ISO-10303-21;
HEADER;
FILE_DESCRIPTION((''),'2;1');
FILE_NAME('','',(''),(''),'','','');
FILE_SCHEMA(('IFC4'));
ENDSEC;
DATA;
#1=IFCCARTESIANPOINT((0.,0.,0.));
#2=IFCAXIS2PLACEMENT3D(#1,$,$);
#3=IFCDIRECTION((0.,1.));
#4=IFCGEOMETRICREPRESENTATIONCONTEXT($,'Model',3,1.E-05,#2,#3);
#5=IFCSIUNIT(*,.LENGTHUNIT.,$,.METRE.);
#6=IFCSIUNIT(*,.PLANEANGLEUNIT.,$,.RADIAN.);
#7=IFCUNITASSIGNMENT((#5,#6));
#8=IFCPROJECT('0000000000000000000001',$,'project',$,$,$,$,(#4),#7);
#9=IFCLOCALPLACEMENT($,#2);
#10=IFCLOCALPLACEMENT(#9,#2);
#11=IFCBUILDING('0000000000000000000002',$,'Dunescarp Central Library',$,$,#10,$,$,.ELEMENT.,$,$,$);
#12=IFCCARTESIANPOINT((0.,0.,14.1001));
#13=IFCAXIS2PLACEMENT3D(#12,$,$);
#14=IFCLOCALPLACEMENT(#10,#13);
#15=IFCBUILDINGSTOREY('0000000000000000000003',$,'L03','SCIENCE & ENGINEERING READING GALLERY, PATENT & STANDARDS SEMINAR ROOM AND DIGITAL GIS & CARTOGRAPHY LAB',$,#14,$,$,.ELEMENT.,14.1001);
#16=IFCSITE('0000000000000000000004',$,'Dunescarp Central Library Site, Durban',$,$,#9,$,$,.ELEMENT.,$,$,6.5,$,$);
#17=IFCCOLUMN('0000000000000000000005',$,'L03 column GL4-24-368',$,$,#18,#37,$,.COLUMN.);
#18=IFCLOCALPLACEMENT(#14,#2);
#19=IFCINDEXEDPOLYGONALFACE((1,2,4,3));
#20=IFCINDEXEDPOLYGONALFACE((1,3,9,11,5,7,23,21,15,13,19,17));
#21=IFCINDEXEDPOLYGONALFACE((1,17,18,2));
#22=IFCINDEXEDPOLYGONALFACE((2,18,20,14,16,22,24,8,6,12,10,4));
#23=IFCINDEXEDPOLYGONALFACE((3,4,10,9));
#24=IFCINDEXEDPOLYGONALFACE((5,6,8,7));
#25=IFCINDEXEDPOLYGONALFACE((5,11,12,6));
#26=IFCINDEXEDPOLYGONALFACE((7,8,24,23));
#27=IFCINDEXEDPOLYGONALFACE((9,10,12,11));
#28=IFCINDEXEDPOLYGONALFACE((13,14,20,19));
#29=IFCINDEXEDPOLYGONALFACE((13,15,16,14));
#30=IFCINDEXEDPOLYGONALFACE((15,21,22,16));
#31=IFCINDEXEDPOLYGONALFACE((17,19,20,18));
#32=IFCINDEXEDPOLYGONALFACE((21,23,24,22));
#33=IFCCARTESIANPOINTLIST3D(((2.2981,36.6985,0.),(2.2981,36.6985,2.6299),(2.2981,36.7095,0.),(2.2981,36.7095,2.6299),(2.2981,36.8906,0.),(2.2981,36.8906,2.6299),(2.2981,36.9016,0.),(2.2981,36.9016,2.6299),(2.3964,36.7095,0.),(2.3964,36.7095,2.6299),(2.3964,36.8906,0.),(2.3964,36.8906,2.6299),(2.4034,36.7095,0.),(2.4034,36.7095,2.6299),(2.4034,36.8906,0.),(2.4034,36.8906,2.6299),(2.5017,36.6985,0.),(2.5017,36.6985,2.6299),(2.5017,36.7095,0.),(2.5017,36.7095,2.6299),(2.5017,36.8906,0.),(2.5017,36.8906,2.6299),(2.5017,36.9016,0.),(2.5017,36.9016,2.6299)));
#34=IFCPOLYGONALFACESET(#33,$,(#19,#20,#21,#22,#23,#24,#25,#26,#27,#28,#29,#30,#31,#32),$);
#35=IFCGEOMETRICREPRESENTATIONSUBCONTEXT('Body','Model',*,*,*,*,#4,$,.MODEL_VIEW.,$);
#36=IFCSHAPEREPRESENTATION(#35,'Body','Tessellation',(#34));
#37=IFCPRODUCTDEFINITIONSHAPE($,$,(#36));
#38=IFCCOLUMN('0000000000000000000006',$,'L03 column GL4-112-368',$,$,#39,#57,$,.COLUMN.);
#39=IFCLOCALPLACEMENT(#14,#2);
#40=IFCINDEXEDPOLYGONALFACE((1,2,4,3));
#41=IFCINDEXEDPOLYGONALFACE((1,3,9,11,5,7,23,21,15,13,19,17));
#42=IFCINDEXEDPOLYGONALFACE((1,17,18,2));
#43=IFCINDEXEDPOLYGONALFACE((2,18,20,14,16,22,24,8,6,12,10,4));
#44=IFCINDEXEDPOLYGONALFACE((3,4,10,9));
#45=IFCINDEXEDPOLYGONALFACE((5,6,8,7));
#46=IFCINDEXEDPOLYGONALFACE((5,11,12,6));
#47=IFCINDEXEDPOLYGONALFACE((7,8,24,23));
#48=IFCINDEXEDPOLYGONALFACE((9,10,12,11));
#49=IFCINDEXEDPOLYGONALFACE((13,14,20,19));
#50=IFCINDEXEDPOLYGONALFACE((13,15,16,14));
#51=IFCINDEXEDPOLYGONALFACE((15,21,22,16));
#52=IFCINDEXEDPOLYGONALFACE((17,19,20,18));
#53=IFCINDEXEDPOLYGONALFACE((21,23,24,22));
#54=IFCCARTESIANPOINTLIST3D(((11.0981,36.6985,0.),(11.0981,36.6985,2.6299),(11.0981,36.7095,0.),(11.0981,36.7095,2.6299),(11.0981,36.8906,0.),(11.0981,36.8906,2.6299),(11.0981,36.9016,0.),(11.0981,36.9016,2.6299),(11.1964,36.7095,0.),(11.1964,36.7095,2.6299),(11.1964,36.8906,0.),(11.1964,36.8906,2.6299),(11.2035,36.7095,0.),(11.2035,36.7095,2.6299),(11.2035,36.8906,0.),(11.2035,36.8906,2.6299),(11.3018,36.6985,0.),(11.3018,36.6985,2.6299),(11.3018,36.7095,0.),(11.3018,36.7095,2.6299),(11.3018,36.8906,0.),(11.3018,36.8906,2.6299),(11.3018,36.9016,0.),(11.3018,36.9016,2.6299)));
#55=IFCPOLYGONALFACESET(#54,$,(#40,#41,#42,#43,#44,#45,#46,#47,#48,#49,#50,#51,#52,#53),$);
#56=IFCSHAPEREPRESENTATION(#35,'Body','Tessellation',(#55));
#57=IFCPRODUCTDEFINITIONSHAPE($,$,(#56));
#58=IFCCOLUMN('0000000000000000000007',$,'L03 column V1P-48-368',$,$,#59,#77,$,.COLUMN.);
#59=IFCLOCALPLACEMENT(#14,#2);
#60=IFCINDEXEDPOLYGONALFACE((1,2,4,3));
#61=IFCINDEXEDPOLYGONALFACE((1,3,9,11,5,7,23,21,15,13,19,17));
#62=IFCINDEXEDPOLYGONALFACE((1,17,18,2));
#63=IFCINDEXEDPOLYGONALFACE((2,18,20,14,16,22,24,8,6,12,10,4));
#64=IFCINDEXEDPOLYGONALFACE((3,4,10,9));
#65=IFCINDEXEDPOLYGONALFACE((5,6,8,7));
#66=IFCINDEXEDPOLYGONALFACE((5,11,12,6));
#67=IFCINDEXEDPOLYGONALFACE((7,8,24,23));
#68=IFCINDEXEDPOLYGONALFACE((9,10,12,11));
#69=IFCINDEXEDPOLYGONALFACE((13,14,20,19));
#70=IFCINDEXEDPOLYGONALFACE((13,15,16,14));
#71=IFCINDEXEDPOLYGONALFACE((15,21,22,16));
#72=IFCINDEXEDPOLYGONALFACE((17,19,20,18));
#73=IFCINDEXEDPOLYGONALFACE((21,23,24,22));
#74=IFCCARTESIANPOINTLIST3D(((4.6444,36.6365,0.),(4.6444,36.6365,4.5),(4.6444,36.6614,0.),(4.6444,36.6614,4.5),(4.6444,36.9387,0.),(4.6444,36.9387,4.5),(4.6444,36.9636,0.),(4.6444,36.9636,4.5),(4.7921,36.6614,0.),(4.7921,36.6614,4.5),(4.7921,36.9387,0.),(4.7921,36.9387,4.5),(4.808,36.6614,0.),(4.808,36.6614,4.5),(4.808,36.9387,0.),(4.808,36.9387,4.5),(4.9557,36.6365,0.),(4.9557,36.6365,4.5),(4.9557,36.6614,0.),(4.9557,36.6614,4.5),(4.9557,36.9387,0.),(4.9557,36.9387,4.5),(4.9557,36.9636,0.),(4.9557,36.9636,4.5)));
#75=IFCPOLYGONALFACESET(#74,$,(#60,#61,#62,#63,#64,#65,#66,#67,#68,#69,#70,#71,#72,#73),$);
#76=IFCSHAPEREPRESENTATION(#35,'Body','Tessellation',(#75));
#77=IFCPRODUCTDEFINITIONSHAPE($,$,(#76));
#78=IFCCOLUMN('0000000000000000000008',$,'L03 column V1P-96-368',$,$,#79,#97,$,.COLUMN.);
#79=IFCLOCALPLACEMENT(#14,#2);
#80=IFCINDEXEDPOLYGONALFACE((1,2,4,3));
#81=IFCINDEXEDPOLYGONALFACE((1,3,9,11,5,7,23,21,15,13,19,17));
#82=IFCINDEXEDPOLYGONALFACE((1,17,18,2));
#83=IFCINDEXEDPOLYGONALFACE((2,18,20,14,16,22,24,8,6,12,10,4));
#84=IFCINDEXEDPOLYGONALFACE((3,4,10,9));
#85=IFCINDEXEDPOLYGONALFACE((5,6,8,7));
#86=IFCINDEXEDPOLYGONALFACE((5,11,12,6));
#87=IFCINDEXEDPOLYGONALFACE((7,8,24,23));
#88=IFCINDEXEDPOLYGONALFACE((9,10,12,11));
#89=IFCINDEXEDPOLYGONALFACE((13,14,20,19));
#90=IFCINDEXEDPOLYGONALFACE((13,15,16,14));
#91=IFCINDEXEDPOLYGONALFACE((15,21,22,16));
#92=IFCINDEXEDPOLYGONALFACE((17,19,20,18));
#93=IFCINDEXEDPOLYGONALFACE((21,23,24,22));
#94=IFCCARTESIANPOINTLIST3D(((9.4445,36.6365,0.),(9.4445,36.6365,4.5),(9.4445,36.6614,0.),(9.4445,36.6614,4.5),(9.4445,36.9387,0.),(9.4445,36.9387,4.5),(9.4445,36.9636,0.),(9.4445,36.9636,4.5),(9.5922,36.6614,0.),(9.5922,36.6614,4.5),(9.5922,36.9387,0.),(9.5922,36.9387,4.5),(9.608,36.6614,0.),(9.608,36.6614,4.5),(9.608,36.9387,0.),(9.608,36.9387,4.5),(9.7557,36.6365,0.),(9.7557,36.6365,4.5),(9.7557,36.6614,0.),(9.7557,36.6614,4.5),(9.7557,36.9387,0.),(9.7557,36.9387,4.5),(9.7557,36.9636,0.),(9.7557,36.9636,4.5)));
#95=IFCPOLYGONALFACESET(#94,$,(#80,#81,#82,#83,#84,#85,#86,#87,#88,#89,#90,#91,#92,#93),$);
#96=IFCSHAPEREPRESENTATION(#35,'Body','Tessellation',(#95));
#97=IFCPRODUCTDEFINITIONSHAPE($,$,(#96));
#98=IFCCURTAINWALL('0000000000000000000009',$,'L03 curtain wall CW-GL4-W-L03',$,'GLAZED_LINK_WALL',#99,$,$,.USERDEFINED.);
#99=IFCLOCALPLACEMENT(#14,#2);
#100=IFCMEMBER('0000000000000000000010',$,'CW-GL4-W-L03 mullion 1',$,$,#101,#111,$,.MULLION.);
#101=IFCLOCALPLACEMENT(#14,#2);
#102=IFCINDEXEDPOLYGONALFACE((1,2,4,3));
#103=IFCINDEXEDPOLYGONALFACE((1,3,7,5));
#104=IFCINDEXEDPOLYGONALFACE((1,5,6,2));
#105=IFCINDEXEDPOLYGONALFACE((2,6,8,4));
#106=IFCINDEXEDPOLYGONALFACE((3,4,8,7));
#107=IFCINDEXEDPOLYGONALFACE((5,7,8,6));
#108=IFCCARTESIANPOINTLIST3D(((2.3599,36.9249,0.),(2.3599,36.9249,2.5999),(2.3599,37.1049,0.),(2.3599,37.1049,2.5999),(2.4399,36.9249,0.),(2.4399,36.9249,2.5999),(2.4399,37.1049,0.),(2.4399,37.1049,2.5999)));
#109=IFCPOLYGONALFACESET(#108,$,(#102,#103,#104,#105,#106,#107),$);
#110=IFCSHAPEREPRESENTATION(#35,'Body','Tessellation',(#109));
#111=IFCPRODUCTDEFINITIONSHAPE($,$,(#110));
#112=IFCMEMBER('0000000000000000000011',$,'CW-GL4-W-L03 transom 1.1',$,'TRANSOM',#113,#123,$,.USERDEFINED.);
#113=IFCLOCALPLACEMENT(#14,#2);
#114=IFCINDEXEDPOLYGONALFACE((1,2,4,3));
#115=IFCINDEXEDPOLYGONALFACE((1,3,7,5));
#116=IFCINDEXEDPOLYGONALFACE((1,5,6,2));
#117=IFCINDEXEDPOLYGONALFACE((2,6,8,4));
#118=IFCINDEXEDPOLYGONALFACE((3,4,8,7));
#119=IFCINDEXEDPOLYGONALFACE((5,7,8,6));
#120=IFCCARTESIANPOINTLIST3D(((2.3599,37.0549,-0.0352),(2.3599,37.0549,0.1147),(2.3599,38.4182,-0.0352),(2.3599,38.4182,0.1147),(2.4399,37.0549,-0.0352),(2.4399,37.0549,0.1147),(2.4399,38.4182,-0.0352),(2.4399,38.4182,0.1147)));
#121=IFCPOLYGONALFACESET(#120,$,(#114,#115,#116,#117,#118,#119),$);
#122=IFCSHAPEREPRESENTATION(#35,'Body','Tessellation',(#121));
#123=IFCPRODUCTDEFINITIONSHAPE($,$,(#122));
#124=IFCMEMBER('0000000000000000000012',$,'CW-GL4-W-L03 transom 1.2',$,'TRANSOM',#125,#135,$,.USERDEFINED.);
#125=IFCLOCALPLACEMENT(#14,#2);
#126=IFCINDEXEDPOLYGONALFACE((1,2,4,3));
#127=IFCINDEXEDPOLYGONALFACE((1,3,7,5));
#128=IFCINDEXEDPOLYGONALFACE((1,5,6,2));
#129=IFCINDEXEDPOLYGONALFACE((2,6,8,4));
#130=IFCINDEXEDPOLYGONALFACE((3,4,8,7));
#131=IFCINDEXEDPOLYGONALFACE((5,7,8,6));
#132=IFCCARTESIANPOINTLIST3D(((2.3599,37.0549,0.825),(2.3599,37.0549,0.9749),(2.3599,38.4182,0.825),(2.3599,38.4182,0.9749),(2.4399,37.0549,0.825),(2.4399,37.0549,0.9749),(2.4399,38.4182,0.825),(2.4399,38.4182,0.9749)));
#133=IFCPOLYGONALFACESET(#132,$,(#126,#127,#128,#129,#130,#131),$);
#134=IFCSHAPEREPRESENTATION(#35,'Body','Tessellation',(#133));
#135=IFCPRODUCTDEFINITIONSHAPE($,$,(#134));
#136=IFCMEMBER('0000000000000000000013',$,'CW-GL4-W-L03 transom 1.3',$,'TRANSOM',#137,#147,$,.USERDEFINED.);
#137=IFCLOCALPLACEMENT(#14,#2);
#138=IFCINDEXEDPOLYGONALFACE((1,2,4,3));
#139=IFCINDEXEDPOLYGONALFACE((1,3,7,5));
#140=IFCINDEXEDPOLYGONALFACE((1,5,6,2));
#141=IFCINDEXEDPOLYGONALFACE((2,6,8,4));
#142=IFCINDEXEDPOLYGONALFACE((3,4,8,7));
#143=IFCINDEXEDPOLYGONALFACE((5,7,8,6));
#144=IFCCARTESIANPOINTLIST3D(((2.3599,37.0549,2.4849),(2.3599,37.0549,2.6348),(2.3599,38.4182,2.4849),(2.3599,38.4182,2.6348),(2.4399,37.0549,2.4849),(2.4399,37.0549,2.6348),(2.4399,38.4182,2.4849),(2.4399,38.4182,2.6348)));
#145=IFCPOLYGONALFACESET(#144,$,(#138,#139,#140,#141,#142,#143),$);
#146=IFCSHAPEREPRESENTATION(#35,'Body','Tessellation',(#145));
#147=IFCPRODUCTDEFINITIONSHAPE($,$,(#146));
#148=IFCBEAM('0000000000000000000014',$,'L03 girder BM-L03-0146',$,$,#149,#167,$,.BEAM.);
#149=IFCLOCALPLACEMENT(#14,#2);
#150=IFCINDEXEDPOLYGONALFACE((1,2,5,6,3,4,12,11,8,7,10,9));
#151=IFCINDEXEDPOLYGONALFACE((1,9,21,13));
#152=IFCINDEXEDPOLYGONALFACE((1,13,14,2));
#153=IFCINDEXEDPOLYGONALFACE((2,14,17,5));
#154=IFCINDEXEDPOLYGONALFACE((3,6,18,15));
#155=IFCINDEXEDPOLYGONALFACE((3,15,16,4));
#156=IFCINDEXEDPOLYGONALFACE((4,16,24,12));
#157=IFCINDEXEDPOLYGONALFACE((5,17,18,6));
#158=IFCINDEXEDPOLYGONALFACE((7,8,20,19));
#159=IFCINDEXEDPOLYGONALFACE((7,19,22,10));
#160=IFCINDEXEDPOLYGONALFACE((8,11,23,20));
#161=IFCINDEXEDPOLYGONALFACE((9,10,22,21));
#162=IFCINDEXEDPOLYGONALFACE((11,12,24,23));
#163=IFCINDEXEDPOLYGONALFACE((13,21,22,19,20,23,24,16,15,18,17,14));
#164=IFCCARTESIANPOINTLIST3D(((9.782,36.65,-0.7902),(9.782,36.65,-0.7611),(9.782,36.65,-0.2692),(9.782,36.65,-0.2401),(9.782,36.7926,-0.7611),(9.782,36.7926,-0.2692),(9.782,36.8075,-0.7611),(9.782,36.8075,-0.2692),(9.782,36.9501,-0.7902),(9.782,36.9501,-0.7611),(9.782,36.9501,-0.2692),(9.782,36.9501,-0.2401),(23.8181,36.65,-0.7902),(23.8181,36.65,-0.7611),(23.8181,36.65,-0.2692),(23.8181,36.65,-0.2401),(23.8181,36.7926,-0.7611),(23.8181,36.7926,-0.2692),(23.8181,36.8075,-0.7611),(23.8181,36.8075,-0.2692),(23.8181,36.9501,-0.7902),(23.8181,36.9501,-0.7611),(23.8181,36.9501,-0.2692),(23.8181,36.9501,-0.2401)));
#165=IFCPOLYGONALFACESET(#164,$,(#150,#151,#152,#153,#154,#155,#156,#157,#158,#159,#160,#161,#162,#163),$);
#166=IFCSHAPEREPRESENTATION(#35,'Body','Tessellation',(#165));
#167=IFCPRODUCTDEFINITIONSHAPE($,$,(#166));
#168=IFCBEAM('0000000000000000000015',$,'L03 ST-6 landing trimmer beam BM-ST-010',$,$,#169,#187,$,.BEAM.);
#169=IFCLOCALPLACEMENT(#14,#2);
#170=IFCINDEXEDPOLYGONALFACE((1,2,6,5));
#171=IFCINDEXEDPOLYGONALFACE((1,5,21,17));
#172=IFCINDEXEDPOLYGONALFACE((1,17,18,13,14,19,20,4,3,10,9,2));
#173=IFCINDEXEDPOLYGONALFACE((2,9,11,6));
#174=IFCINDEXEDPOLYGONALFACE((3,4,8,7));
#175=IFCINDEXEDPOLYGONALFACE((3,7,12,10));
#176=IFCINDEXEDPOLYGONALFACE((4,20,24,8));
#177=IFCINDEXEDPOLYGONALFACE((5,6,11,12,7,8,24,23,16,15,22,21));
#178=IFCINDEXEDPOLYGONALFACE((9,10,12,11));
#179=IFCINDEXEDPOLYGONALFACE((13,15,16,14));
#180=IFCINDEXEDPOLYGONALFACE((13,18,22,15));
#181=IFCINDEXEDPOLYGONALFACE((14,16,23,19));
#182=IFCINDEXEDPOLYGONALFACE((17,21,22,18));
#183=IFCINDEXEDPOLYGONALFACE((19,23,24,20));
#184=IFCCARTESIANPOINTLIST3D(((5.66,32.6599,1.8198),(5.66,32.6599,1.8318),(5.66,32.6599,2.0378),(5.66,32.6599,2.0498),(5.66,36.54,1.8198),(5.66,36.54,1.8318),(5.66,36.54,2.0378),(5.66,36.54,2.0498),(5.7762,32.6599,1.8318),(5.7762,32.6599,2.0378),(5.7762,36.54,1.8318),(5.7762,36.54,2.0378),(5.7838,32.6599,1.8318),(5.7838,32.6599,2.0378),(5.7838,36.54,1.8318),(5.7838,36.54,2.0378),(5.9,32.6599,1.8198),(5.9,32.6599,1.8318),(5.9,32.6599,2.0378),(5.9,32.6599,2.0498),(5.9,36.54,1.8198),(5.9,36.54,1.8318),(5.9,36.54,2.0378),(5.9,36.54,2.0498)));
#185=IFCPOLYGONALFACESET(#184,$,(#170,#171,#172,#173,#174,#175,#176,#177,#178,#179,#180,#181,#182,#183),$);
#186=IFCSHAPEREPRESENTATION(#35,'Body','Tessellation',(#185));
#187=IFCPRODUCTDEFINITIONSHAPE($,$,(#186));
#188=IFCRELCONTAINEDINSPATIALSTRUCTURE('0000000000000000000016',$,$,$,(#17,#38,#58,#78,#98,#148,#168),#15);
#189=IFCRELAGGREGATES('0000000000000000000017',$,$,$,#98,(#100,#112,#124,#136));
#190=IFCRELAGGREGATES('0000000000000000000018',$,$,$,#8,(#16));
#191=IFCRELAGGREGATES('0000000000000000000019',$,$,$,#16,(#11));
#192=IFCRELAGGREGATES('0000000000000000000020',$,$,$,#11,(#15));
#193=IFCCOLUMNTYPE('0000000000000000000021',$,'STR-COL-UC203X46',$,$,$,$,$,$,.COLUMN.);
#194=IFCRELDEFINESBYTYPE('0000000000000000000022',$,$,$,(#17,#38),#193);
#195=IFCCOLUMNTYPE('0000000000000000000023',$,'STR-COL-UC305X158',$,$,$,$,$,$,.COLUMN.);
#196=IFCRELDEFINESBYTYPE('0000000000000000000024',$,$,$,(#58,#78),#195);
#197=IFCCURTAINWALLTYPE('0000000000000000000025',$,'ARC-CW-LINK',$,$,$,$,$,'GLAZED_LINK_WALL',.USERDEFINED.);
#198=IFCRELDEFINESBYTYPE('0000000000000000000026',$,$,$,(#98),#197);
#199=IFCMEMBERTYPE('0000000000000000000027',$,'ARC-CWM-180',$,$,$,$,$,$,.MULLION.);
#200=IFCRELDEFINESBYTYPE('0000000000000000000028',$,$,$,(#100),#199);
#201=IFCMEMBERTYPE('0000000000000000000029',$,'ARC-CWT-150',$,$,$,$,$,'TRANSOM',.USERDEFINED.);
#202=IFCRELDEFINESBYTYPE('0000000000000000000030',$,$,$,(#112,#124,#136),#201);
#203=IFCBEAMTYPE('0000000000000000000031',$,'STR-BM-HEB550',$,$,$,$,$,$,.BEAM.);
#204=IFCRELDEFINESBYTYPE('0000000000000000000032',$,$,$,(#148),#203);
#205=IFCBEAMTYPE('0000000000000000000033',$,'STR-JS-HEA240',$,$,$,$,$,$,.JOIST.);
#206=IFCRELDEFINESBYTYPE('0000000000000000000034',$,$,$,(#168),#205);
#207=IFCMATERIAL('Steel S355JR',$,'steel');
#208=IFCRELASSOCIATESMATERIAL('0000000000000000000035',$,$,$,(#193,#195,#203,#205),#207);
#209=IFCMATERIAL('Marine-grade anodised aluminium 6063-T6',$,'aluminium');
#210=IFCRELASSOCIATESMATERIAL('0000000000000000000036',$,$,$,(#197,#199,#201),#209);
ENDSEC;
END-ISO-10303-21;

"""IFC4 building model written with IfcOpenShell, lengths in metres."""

from ifc_helpers import new_model, si_unit, direction, frame, origin, origin_2d, place, context, subcontext, project, spatial, rectangle, i_section, extrude, material, material_profile, profile_set, type_object, element, aggregate, save


model = new_model("IFC4")

# Units and contexts
model_context = context("Model", 3, precision=1e-05, world=origin(), true_north=direction((0.0, 1.0)))
body_context = subcontext(model_context, "Body", "Model", "MODEL_VIEW")
ifc_project = project(units=[si_unit("LENGTHUNIT", "METRE"), si_unit("PLANEANGLEUNIT", "RADIAN")], contexts=[model_context])

# Site, building, storey
site_placement = place(None, origin())
site = spatial("IfcSite", under=ifc_project, at=site_placement, Name="Dunescarp Central Library Site, Durban", CompositionType="ELEMENT", RefElevation=6.5)
building_placement = place(site_placement, origin())
building = spatial("IfcBuilding", under=site, at=building_placement, Name="Dunescarp Central Library", CompositionType="ELEMENT")
storey_placement = place(building_placement, frame((0.0, 0.0, 14.1001)))
storey = spatial("IfcBuildingStorey", under=building, at=storey_placement, Name="L03", Description="SCIENCE & ENGINEERING READING GALLERY, PATENT & STANDARDS SEMINAR ROOM AND DIGITAL GIS & CARTOGRAPHY LAB", CompositionType="ELEMENT", Elevation=14.1001)

# Columns
ifc_material_1 = material(Name="Steel S355JR", Category="steel")
ifc_material_profile_1 = material_profile(ifc_material_1, i_section(OverallWidth=0.2036, OverallDepth=0.2031, WebThickness=0.0071, FlangeThickness=0.011, at=origin_2d()), Name="UC 203x203x46")
ifc_profile_set_1 = profile_set([ifc_material_profile_1], Name="Steel S355JR")
column_type_1 = type_object("IfcColumnType", Name="STR-COL-UC203X46", PredefinedType="COLUMN", material=ifc_profile_set_1)
for number, where, z_axis, x_axis, name in (
    (1, (2.3999, 36.8, 0.0), (0.0, 0.0, 1.0), (1.0, 0.0, 0.0), "L03 column GL4-24-368"),
    (2, (11.2, 36.8, 0.0), (0.0, 0.0, 1.0), (1.0, 0.0, 0.0), "L03 column GL4-112-368"),
):
    element("IfcColumn", number, at=place(storey_placement, frame(where, z_axis=z_axis, x_axis=x_axis)), inside=storey, type_object=column_type_1, Name=name, PredefinedType="COLUMN", context=body_context, shape_type="SweptSolid", body=[
        extrude(i_section(OverallWidth=0.2036, OverallDepth=0.2031, WebThickness=0.0071, FlangeThickness=0.011, at=origin_2d()), origin(), (0.0, 0.0, 1.0), 2.6299),
    ])
ifc_material_profile_2 = material_profile(ifc_material_1, i_section(OverallWidth=0.3113, OverallDepth=0.3271, WebThickness=0.0159, FlangeThickness=0.0249, at=origin_2d()), Name="UC 305x305x158")
ifc_profile_set_2 = profile_set([ifc_material_profile_2], Name="Steel S355JR")
column_type_2 = type_object("IfcColumnType", Name="STR-COL-UC305X158", PredefinedType="COLUMN", material=ifc_profile_set_2)
for number, where, z_axis, x_axis, name in (
    (3, (4.8, 36.8, 0.0), (0.0, 0.0, 1.0), (1.0, 0.0, 0.0), "L03 column V1P-48-368"),
    (4, (9.6001, 36.8, 0.0), (0.0, 0.0, 1.0), (1.0, 0.0, 0.0), "L03 column V1P-96-368"),
):
    element("IfcColumn", number, at=place(storey_placement, frame(where, z_axis=z_axis, x_axis=x_axis)), inside=storey, type_object=column_type_2, Name=name, PredefinedType="COLUMN", context=body_context, shape_type="SweptSolid", body=[
        extrude(i_section(OverallWidth=0.3113, OverallDepth=0.3271, WebThickness=0.0159, FlangeThickness=0.0249, at=origin_2d()), origin(), (0.0, 0.0, 1.0), 4.5),
    ])

# Curtain wall, members
ifc_material_2 = material(Name="Marine-grade anodised aluminium 6063-T6", Category="aluminium")
curtain_wall_type = type_object("IfcCurtainWallType", Name="ARC-CW-LINK", ElementType="GLAZED_LINK_WALL", PredefinedType="USERDEFINED", material=ifc_material_2)
curtain_wall_placement = place(storey_placement, origin())
curtain_wall = element("IfcCurtainWall", 5, at=curtain_wall_placement, inside=storey, type_object=curtain_wall_type, Name="L03 curtain wall CW-GL4-W-L03", ObjectType="GLAZED_LINK_WALL", PredefinedType="USERDEFINED")
ifc_material_profile_3 = material_profile(ifc_material_2, rectangle(XDim=0.0801, YDim=0.1799, at=origin_2d()), Name="AL 80x180")
ifc_profile_set_3 = profile_set([ifc_material_profile_3], Name="Marine-grade anodised aluminium 6063-T6")
member_type_1 = type_object("IfcMemberType", Name="ARC-CWM-180", PredefinedType="MULLION", material=ifc_profile_set_3)
member_1_placement = place(storey_placement, frame((2.3999, 37.0149, 0.0), z_axis=(0.0, 0.0, 1.0), x_axis=(-1.0, 0.0, 0.0)))
member_1 = element("IfcMember", 6, at=member_1_placement, type_object=member_type_1, Name="CW-GL4-W-L03 mullion 1", PredefinedType="MULLION", context=body_context, shape_type="SweptSolid", body=[
    extrude(rectangle(XDim=0.0801, YDim=0.1799, at=origin_2d()), origin(), (0.0, 0.0, 1.0), 2.5999),
])
ifc_material_profile_4 = material_profile(ifc_material_2, rectangle(XDim=0.0801, YDim=0.1499, at=origin_2d()), Name="AL 80x150")
ifc_profile_set_4 = profile_set([ifc_material_profile_4], Name="Marine-grade anodised aluminium 6063-T6")
member_type_2 = type_object("IfcMemberType", Name="ARC-CWT-150", ElementType="TRANSOM", PredefinedType="USERDEFINED", material=ifc_profile_set_4)
member_2_placement = place(storey_placement, frame((2.3999, 37.0549, 0.0398), z_axis=(0.0, 1.0, 0.0), x_axis=(-1.0, 0.0, 0.0)))
member_2 = element("IfcMember", 7, at=member_2_placement, type_object=member_type_2, Name="CW-GL4-W-L03 transom 1.1", ObjectType="TRANSOM", PredefinedType="USERDEFINED", context=body_context, shape_type="SweptSolid", body=[
    extrude(rectangle(XDim=0.0801, YDim=0.1499, at=origin_2d()), origin(), (0.0, 0.0, 1.0), 1.3633),
])
member_3_placement = place(storey_placement, frame((2.3999, 37.0549, 0.8999), z_axis=(0.0, 1.0, 0.0), x_axis=(-1.0, 0.0, 0.0)))
member_3 = element("IfcMember", 8, at=member_3_placement, type_object=member_type_2, Name="CW-GL4-W-L03 transom 1.2", ObjectType="TRANSOM", PredefinedType="USERDEFINED", context=body_context, shape_type="SweptSolid", body=[
    extrude(rectangle(XDim=0.0801, YDim=0.1499, at=origin_2d()), origin(), (0.0, 0.0, 1.0), 1.3633),
])
member_4_placement = place(storey_placement, frame((2.3999, 37.0549, 2.5598), z_axis=(0.0, 1.0, 0.0), x_axis=(-1.0, 0.0, 0.0)))
member_4 = element("IfcMember", 9, at=member_4_placement, type_object=member_type_2, Name="CW-GL4-W-L03 transom 1.3", ObjectType="TRANSOM", PredefinedType="USERDEFINED", context=body_context, shape_type="SweptSolid", body=[
    extrude(rectangle(XDim=0.0801, YDim=0.1499, at=origin_2d()), origin(), (0.0, 0.0, 1.0), 1.3633),
])
aggregate(curtain_wall, [member_1, member_2, member_3, member_4])

# Beams
ifc_material_profile_5 = material_profile(ifc_material_1, i_section(OverallWidth=0.3, OverallDepth=0.55, WebThickness=0.0149, FlangeThickness=0.0291, at=origin_2d()), Name="HEB 550")
ifc_profile_set_5 = profile_set([ifc_material_profile_5], Name="Steel S355JR")
beam_type_1 = type_object("IfcBeamType", Name="STR-BM-HEB550", PredefinedType="BEAM", material=ifc_profile_set_5)
beam_1_placement = place(storey_placement, frame((9.782, 36.8, -0.5151), z_axis=(1.0, 0.0, 0.0), x_axis=(0.0, 1.0, 0.0)))
element("IfcBeam", 10, at=beam_1_placement, inside=storey, type_object=beam_type_1, Name="L03 girder BM-L03-0146", PredefinedType="BEAM", context=body_context, shape_type="SweptSolid", body=[
    extrude(i_section(OverallWidth=0.3, OverallDepth=0.55, WebThickness=0.0149, FlangeThickness=0.0291, at=origin_2d()), origin(), (0.0, 0.0, 1.0), 14.0361),
])
ifc_material_profile_6 = material_profile(ifc_material_1, i_section(OverallWidth=0.24, OverallDepth=0.23, WebThickness=0.0076, FlangeThickness=0.012, at=origin_2d()), Name="HEA 240")
ifc_profile_set_6 = profile_set([ifc_material_profile_6], Name="Steel S355JR")
beam_type_2 = type_object("IfcBeamType", Name="STR-JS-HEA240", PredefinedType="JOIST", material=ifc_profile_set_6)
beam_2_placement = place(storey_placement, frame((5.78, 32.6599, 1.9348), z_axis=(0.0, 1.0, 0.0), x_axis=(-1.0, 0.0, 0.0)))
element("IfcBeam", 11, at=beam_2_placement, inside=storey, type_object=beam_type_2, Name="L03 ST-6 landing trimmer beam BM-ST-010", PredefinedType="BEAM", context=body_context, shape_type="SweptSolid", body=[
    extrude(i_section(OverallWidth=0.24, OverallDepth=0.23, WebThickness=0.0076, FlangeThickness=0.012, at=origin_2d()), origin(), (0.0, 0.0, 1.0), 3.8801),
])

save(model, "model.ifc")
